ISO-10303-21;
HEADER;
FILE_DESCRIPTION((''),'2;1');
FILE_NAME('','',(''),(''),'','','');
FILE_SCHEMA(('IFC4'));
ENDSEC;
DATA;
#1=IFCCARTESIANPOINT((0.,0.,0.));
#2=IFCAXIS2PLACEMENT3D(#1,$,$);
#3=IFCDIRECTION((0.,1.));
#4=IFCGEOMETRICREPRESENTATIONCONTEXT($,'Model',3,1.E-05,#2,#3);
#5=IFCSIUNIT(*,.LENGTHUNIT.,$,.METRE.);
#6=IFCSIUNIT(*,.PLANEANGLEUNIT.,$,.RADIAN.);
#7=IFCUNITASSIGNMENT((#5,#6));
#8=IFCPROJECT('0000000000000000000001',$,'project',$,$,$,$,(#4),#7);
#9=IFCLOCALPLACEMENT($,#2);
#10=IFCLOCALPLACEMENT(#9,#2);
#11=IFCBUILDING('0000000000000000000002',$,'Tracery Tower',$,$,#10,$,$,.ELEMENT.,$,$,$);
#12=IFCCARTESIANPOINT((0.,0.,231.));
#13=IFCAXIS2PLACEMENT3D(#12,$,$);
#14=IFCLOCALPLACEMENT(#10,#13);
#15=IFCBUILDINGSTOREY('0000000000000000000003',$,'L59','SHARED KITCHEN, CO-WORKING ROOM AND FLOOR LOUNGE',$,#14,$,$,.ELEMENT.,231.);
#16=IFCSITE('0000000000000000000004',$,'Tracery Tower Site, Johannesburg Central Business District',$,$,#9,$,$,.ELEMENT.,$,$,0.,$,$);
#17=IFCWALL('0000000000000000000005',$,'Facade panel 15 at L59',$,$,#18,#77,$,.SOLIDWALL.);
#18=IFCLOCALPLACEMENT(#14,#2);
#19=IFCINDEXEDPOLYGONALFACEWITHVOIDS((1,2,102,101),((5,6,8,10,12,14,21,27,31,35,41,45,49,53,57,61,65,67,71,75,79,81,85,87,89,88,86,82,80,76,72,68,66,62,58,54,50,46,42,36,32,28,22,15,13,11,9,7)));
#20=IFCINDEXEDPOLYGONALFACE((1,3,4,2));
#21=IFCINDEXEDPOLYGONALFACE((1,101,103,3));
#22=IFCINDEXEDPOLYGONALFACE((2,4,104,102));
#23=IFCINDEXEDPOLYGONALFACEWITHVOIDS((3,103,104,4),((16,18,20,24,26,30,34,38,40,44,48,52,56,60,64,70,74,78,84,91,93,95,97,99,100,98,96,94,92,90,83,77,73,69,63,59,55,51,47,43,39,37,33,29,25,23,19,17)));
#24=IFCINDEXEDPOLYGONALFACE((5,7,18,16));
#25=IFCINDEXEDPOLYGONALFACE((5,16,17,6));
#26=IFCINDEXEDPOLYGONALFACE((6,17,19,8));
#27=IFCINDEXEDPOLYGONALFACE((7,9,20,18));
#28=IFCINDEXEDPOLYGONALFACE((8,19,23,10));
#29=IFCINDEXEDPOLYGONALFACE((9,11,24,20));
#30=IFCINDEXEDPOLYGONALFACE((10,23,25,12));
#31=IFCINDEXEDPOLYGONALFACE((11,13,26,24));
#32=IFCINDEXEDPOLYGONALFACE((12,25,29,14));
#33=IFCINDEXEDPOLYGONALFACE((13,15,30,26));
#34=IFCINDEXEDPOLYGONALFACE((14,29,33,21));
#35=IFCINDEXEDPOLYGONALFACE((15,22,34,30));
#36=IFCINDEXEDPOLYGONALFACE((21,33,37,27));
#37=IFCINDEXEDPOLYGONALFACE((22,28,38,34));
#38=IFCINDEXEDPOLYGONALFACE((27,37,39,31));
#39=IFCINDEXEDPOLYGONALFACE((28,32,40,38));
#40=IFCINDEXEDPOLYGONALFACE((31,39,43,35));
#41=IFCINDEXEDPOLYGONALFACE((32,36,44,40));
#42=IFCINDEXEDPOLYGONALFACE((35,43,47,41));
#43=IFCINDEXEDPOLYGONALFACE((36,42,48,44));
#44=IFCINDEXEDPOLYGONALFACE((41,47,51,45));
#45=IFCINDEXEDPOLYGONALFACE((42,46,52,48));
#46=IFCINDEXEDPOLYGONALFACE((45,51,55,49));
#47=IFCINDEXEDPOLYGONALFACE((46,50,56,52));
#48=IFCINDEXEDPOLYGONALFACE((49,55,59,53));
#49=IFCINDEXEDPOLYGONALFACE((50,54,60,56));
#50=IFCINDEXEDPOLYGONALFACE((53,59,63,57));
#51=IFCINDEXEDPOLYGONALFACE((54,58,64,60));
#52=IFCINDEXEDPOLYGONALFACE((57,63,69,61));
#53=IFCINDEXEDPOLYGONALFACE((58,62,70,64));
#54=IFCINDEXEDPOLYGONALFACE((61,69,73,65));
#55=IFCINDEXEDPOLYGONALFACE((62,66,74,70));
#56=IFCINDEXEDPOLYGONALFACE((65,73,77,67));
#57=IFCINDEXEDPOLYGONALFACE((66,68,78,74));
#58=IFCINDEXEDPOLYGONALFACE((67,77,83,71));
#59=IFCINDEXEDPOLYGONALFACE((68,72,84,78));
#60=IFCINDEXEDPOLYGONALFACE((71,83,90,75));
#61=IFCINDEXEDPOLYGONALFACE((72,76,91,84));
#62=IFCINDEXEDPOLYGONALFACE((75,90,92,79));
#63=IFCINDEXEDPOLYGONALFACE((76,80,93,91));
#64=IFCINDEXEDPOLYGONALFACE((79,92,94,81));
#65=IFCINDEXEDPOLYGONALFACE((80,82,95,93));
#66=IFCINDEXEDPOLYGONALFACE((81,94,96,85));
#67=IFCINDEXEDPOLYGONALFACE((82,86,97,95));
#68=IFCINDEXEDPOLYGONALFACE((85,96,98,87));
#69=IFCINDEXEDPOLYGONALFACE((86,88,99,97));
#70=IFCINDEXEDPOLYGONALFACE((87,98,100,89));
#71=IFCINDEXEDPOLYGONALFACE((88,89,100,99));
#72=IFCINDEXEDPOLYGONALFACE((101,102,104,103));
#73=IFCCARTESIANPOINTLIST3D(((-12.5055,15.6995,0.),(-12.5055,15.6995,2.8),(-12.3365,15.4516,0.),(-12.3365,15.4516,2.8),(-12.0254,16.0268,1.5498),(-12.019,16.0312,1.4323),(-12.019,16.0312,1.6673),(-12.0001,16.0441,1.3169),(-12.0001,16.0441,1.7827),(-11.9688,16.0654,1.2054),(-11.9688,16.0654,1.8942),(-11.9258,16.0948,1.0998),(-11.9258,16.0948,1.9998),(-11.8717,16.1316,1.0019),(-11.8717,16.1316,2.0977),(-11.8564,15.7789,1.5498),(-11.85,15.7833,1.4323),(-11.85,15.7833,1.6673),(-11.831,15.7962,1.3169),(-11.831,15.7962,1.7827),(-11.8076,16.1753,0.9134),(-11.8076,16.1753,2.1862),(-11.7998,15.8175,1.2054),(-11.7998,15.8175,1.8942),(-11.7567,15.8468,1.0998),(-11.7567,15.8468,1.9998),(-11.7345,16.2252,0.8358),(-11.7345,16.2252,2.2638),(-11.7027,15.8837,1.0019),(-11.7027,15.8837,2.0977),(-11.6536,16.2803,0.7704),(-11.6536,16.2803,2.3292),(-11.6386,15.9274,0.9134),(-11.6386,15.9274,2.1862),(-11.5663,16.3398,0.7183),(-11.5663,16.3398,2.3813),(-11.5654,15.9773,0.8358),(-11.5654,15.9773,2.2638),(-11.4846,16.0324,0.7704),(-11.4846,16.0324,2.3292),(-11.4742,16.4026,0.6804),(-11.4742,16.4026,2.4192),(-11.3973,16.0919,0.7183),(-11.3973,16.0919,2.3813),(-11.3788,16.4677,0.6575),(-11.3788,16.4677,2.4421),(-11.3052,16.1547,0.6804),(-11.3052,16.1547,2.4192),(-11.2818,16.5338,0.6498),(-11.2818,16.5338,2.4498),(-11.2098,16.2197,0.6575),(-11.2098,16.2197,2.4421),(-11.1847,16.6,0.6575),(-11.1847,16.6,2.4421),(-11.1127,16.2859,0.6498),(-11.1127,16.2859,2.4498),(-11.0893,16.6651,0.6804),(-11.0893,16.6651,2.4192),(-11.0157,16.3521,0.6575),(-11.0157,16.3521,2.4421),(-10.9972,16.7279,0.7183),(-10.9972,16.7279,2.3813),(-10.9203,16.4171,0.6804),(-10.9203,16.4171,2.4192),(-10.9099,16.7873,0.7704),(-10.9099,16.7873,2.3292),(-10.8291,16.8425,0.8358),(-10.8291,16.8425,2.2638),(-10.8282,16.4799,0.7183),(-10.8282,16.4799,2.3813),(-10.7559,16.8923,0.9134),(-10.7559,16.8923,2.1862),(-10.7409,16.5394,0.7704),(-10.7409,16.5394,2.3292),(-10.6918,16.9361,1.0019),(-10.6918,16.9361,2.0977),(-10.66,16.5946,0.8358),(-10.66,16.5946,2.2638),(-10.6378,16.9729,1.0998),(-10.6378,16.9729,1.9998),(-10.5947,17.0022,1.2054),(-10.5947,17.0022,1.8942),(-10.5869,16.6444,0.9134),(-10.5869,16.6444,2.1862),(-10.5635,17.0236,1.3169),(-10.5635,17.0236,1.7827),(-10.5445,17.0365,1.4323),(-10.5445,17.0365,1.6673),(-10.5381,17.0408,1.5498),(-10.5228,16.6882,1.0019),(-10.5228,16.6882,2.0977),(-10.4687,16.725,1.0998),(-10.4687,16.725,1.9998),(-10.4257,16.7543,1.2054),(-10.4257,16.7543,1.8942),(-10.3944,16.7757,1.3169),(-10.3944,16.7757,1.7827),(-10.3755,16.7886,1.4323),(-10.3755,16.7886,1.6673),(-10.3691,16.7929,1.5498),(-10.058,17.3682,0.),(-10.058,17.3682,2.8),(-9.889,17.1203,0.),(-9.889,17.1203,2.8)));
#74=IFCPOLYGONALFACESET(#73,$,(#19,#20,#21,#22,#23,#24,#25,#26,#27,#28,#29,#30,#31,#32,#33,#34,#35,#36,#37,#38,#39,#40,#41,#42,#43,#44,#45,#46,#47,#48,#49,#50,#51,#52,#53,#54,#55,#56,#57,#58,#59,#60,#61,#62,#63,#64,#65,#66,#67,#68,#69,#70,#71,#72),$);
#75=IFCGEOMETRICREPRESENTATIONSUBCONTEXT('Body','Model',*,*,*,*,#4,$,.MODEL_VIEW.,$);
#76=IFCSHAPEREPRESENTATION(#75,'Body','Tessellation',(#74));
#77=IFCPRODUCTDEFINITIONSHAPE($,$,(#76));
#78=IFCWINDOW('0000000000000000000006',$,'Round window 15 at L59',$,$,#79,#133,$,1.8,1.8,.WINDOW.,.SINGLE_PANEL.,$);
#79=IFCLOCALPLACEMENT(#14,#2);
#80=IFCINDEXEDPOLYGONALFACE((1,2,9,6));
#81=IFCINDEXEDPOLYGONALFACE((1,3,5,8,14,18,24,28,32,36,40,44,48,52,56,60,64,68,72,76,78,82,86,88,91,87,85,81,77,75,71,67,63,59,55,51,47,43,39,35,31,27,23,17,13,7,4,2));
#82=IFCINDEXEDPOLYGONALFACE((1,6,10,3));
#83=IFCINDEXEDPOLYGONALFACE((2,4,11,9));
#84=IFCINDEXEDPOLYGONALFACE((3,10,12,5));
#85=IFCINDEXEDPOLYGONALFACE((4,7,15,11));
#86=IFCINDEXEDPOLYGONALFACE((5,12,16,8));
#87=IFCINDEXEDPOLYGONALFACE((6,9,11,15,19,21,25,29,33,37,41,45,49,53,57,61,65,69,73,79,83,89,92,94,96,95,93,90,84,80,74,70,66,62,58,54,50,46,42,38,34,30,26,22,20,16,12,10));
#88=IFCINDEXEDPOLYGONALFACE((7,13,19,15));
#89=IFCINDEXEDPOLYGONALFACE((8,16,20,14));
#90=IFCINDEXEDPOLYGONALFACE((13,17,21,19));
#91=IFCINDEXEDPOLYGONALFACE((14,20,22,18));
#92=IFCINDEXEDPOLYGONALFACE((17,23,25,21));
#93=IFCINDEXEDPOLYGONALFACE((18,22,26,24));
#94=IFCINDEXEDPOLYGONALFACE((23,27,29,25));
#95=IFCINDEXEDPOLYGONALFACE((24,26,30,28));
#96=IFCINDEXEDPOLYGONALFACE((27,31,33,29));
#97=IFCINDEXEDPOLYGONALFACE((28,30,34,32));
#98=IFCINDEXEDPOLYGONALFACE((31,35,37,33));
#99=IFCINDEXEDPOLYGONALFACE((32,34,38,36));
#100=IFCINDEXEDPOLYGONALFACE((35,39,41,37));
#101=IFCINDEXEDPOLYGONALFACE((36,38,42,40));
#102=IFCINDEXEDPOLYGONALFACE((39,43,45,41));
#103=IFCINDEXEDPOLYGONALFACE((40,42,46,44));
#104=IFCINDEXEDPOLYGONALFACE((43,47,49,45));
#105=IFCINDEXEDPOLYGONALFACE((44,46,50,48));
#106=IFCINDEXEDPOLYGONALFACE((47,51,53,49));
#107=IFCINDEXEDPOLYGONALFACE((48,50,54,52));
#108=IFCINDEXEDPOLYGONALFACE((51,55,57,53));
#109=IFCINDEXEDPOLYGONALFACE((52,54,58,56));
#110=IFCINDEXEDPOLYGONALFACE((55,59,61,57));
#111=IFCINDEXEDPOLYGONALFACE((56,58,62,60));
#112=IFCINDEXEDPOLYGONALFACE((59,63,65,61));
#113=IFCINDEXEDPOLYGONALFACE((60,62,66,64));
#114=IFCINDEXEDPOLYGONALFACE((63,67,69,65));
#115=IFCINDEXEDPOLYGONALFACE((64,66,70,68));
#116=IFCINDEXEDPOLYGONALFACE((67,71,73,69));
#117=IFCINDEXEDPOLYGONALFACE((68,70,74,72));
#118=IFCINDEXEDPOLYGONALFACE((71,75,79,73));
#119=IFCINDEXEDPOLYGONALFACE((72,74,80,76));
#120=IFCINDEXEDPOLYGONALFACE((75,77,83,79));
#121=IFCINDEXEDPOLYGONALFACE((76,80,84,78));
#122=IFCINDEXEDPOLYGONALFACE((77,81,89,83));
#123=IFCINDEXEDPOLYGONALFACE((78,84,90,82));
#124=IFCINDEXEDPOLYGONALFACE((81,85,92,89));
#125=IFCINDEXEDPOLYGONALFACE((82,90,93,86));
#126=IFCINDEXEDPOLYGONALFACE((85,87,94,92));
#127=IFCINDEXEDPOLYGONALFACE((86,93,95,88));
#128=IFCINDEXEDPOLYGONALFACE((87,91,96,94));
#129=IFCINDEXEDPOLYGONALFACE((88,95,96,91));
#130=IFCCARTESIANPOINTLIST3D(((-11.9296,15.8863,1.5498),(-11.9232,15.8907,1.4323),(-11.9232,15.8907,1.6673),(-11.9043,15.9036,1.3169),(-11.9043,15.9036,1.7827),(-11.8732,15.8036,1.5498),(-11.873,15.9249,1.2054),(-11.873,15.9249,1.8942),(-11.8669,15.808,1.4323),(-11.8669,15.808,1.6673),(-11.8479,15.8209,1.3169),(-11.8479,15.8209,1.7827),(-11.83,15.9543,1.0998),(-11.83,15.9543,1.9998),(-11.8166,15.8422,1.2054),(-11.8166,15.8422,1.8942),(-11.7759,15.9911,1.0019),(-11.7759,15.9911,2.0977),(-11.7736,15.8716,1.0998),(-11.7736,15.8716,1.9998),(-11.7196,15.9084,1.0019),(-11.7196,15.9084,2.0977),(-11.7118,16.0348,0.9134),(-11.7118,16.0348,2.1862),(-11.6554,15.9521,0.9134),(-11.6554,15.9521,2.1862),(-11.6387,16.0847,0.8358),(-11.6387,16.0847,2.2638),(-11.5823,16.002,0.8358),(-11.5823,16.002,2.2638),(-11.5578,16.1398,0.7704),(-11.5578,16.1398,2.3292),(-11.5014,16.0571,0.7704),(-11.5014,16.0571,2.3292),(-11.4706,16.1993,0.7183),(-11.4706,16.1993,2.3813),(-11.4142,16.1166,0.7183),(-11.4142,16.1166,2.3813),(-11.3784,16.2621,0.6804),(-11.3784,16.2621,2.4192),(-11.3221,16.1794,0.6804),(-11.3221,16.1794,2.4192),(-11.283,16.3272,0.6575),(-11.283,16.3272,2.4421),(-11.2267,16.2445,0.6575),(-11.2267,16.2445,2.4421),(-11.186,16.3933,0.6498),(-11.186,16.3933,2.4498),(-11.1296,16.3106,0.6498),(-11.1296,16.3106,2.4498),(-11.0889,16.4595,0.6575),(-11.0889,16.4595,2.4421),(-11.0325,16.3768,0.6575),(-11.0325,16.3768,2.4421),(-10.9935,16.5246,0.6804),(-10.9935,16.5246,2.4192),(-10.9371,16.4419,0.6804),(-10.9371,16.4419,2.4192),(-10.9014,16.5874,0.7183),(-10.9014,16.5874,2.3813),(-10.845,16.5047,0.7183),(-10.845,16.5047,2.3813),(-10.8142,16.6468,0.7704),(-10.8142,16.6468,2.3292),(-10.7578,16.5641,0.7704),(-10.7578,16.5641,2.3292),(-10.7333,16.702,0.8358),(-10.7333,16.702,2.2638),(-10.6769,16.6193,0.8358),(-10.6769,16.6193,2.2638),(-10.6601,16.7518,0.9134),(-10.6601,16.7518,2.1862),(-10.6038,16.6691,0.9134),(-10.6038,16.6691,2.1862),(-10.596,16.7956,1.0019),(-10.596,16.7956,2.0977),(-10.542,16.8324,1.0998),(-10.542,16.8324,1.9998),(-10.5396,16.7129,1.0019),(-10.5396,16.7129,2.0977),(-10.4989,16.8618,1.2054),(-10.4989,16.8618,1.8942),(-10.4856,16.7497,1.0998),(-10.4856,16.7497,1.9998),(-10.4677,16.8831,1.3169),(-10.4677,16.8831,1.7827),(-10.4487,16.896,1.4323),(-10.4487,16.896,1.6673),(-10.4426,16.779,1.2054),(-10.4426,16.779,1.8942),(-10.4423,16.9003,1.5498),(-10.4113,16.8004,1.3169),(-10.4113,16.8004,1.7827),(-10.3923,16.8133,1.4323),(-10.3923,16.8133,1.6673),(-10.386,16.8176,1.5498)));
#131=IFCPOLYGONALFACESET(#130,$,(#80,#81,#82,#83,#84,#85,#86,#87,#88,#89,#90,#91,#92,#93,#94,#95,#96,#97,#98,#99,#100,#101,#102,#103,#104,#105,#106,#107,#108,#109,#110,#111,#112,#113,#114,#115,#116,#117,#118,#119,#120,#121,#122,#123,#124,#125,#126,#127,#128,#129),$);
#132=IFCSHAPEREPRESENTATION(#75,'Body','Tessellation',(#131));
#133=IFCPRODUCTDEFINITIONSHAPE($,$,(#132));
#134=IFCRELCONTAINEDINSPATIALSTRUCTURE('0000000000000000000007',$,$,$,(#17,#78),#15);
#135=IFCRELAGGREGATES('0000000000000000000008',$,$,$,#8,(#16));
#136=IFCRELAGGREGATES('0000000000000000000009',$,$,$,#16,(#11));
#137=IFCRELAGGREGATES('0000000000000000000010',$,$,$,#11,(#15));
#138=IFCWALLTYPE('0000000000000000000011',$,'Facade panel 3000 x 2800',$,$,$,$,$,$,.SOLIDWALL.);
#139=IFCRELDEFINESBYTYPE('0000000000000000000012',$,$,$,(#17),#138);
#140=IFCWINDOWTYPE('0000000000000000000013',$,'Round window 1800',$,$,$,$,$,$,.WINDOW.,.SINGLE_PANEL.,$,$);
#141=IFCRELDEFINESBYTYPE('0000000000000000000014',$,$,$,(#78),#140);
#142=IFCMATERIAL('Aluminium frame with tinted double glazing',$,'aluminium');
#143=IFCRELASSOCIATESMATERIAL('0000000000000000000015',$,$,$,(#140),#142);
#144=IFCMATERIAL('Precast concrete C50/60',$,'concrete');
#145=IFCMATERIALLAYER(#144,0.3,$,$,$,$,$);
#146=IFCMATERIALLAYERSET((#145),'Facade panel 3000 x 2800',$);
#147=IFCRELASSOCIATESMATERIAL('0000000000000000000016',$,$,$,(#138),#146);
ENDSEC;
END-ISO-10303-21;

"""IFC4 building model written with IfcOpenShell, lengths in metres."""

from ifc_helpers import new_model, si_unit, direction, frame, frame_2d, origin, origin_2d, place, context, subcontext, project, spatial, rectangle, circle, extrude, material, layer, layer_set, type_object, element, fill, save


model = new_model("IFC4")

# Units and contexts
model_context = context("Model", 3, precision=1e-05, world=origin(), true_north=direction((0.0, 1.0)))
body_context = subcontext(model_context, "Body", "Model", "MODEL_VIEW")
ifc_project = project(units=[si_unit("LENGTHUNIT", "METRE"), si_unit("PLANEANGLEUNIT", "RADIAN")], contexts=[model_context])

# Site, building, storey
site_placement = place(None, origin())
site = spatial("IfcSite", under=ifc_project, at=site_placement, Name="Tracery Tower Site, Johannesburg Central Business District", CompositionType="ELEMENT", RefElevation=0.0)
building_placement = place(site_placement, origin())
building = spatial("IfcBuilding", under=site, at=building_placement, Name="Tracery Tower", CompositionType="ELEMENT")
storey_placement = place(building_placement, frame((0.0, 0.0, 231.0)))
storey = spatial("IfcBuildingStorey", under=building, at=storey_placement, Name="L59", Description="SHARED KITCHEN, CO-WORKING ROOM AND FLOOR LOUNGE", CompositionType="ELEMENT", Elevation=231.0)

# Wall, opening, window
ifc_material_1 = material(Name="Aluminium frame with tinted double glazing", Category="aluminium")
window_type = type_object("IfcWindowType", Name="Round window 1800", PartitioningType="SINGLE_PANEL", PredefinedType="WINDOW", material=ifc_material_1)
ifc_material_2 = material(Name="Precast concrete C50/60", Category="concrete")
ifc_layer_1 = layer(ifc_material_2, 0.3)
ifc_layer_set_1 = layer_set([ifc_layer_1], Name="Facade panel 3000 x 2800")
wall_type_1 = type_object("IfcWallType", Name="Facade panel 3000 x 2800", PredefinedType="SOLIDWALL", material=ifc_layer_set_1)
wall_1_placement = place(storey_placement, frame((-9.9736, 17.2441, 0.0), z_axis=(0.0, 0.0, 1.0), x_axis=(-0.826236, -0.563324, 0.0)))
wall_1 = element("IfcWall", 1, at=wall_1_placement, inside=storey, type_object=wall_type_1, Name="Facade panel 15 at L59", PredefinedType="SOLIDWALL", context=body_context, shape_type="SweptSolid", body=[
    extrude(rectangle(XDim=2.9622, YDim=0.3, at=frame_2d((1.481, 0.0))), origin(), (0.0, 0.0, 1.0), 2.8),
])
opening_1_placement = place(wall_1_placement, frame((1.481, 0.0, 1.5498)))
opening_1 = element("IfcOpeningElement", 2, at=opening_1_placement, cuts=wall_1, PredefinedType="OPENING", context=body_context, shape_type="SweptSolid", body=[
    extrude(circle(Radius=0.9, at=origin_2d()), frame((0.0, 0.1599, 0.0), z_axis=(0.0, -1.0, 0.0), x_axis=(1.0, 0.0, 0.0)), (0.0, 0.0, 1.0), 0.3201),
])
window_1_placement = place(opening_1_placement, origin())
window_1 = element("IfcWindow", 3, at=window_1_placement, inside=storey, type_object=window_type, Name="Round window 15 at L59", OverallHeight=1.8, OverallWidth=1.8, PartitioningType="SINGLE_PANEL", PredefinedType="WINDOW", context=body_context, shape_type="SweptSolid", body=[
    extrude(circle(Radius=0.9, at=origin_2d()), frame((0.0, 0.1201, 0.0), z_axis=(0.0, -1.0, 0.0), x_axis=(1.0, 0.0, 0.0)), (0.0, 0.0, 1.0), 0.1001),
])
fill(opening_1, window_1)

save(model, "model.ifc")
